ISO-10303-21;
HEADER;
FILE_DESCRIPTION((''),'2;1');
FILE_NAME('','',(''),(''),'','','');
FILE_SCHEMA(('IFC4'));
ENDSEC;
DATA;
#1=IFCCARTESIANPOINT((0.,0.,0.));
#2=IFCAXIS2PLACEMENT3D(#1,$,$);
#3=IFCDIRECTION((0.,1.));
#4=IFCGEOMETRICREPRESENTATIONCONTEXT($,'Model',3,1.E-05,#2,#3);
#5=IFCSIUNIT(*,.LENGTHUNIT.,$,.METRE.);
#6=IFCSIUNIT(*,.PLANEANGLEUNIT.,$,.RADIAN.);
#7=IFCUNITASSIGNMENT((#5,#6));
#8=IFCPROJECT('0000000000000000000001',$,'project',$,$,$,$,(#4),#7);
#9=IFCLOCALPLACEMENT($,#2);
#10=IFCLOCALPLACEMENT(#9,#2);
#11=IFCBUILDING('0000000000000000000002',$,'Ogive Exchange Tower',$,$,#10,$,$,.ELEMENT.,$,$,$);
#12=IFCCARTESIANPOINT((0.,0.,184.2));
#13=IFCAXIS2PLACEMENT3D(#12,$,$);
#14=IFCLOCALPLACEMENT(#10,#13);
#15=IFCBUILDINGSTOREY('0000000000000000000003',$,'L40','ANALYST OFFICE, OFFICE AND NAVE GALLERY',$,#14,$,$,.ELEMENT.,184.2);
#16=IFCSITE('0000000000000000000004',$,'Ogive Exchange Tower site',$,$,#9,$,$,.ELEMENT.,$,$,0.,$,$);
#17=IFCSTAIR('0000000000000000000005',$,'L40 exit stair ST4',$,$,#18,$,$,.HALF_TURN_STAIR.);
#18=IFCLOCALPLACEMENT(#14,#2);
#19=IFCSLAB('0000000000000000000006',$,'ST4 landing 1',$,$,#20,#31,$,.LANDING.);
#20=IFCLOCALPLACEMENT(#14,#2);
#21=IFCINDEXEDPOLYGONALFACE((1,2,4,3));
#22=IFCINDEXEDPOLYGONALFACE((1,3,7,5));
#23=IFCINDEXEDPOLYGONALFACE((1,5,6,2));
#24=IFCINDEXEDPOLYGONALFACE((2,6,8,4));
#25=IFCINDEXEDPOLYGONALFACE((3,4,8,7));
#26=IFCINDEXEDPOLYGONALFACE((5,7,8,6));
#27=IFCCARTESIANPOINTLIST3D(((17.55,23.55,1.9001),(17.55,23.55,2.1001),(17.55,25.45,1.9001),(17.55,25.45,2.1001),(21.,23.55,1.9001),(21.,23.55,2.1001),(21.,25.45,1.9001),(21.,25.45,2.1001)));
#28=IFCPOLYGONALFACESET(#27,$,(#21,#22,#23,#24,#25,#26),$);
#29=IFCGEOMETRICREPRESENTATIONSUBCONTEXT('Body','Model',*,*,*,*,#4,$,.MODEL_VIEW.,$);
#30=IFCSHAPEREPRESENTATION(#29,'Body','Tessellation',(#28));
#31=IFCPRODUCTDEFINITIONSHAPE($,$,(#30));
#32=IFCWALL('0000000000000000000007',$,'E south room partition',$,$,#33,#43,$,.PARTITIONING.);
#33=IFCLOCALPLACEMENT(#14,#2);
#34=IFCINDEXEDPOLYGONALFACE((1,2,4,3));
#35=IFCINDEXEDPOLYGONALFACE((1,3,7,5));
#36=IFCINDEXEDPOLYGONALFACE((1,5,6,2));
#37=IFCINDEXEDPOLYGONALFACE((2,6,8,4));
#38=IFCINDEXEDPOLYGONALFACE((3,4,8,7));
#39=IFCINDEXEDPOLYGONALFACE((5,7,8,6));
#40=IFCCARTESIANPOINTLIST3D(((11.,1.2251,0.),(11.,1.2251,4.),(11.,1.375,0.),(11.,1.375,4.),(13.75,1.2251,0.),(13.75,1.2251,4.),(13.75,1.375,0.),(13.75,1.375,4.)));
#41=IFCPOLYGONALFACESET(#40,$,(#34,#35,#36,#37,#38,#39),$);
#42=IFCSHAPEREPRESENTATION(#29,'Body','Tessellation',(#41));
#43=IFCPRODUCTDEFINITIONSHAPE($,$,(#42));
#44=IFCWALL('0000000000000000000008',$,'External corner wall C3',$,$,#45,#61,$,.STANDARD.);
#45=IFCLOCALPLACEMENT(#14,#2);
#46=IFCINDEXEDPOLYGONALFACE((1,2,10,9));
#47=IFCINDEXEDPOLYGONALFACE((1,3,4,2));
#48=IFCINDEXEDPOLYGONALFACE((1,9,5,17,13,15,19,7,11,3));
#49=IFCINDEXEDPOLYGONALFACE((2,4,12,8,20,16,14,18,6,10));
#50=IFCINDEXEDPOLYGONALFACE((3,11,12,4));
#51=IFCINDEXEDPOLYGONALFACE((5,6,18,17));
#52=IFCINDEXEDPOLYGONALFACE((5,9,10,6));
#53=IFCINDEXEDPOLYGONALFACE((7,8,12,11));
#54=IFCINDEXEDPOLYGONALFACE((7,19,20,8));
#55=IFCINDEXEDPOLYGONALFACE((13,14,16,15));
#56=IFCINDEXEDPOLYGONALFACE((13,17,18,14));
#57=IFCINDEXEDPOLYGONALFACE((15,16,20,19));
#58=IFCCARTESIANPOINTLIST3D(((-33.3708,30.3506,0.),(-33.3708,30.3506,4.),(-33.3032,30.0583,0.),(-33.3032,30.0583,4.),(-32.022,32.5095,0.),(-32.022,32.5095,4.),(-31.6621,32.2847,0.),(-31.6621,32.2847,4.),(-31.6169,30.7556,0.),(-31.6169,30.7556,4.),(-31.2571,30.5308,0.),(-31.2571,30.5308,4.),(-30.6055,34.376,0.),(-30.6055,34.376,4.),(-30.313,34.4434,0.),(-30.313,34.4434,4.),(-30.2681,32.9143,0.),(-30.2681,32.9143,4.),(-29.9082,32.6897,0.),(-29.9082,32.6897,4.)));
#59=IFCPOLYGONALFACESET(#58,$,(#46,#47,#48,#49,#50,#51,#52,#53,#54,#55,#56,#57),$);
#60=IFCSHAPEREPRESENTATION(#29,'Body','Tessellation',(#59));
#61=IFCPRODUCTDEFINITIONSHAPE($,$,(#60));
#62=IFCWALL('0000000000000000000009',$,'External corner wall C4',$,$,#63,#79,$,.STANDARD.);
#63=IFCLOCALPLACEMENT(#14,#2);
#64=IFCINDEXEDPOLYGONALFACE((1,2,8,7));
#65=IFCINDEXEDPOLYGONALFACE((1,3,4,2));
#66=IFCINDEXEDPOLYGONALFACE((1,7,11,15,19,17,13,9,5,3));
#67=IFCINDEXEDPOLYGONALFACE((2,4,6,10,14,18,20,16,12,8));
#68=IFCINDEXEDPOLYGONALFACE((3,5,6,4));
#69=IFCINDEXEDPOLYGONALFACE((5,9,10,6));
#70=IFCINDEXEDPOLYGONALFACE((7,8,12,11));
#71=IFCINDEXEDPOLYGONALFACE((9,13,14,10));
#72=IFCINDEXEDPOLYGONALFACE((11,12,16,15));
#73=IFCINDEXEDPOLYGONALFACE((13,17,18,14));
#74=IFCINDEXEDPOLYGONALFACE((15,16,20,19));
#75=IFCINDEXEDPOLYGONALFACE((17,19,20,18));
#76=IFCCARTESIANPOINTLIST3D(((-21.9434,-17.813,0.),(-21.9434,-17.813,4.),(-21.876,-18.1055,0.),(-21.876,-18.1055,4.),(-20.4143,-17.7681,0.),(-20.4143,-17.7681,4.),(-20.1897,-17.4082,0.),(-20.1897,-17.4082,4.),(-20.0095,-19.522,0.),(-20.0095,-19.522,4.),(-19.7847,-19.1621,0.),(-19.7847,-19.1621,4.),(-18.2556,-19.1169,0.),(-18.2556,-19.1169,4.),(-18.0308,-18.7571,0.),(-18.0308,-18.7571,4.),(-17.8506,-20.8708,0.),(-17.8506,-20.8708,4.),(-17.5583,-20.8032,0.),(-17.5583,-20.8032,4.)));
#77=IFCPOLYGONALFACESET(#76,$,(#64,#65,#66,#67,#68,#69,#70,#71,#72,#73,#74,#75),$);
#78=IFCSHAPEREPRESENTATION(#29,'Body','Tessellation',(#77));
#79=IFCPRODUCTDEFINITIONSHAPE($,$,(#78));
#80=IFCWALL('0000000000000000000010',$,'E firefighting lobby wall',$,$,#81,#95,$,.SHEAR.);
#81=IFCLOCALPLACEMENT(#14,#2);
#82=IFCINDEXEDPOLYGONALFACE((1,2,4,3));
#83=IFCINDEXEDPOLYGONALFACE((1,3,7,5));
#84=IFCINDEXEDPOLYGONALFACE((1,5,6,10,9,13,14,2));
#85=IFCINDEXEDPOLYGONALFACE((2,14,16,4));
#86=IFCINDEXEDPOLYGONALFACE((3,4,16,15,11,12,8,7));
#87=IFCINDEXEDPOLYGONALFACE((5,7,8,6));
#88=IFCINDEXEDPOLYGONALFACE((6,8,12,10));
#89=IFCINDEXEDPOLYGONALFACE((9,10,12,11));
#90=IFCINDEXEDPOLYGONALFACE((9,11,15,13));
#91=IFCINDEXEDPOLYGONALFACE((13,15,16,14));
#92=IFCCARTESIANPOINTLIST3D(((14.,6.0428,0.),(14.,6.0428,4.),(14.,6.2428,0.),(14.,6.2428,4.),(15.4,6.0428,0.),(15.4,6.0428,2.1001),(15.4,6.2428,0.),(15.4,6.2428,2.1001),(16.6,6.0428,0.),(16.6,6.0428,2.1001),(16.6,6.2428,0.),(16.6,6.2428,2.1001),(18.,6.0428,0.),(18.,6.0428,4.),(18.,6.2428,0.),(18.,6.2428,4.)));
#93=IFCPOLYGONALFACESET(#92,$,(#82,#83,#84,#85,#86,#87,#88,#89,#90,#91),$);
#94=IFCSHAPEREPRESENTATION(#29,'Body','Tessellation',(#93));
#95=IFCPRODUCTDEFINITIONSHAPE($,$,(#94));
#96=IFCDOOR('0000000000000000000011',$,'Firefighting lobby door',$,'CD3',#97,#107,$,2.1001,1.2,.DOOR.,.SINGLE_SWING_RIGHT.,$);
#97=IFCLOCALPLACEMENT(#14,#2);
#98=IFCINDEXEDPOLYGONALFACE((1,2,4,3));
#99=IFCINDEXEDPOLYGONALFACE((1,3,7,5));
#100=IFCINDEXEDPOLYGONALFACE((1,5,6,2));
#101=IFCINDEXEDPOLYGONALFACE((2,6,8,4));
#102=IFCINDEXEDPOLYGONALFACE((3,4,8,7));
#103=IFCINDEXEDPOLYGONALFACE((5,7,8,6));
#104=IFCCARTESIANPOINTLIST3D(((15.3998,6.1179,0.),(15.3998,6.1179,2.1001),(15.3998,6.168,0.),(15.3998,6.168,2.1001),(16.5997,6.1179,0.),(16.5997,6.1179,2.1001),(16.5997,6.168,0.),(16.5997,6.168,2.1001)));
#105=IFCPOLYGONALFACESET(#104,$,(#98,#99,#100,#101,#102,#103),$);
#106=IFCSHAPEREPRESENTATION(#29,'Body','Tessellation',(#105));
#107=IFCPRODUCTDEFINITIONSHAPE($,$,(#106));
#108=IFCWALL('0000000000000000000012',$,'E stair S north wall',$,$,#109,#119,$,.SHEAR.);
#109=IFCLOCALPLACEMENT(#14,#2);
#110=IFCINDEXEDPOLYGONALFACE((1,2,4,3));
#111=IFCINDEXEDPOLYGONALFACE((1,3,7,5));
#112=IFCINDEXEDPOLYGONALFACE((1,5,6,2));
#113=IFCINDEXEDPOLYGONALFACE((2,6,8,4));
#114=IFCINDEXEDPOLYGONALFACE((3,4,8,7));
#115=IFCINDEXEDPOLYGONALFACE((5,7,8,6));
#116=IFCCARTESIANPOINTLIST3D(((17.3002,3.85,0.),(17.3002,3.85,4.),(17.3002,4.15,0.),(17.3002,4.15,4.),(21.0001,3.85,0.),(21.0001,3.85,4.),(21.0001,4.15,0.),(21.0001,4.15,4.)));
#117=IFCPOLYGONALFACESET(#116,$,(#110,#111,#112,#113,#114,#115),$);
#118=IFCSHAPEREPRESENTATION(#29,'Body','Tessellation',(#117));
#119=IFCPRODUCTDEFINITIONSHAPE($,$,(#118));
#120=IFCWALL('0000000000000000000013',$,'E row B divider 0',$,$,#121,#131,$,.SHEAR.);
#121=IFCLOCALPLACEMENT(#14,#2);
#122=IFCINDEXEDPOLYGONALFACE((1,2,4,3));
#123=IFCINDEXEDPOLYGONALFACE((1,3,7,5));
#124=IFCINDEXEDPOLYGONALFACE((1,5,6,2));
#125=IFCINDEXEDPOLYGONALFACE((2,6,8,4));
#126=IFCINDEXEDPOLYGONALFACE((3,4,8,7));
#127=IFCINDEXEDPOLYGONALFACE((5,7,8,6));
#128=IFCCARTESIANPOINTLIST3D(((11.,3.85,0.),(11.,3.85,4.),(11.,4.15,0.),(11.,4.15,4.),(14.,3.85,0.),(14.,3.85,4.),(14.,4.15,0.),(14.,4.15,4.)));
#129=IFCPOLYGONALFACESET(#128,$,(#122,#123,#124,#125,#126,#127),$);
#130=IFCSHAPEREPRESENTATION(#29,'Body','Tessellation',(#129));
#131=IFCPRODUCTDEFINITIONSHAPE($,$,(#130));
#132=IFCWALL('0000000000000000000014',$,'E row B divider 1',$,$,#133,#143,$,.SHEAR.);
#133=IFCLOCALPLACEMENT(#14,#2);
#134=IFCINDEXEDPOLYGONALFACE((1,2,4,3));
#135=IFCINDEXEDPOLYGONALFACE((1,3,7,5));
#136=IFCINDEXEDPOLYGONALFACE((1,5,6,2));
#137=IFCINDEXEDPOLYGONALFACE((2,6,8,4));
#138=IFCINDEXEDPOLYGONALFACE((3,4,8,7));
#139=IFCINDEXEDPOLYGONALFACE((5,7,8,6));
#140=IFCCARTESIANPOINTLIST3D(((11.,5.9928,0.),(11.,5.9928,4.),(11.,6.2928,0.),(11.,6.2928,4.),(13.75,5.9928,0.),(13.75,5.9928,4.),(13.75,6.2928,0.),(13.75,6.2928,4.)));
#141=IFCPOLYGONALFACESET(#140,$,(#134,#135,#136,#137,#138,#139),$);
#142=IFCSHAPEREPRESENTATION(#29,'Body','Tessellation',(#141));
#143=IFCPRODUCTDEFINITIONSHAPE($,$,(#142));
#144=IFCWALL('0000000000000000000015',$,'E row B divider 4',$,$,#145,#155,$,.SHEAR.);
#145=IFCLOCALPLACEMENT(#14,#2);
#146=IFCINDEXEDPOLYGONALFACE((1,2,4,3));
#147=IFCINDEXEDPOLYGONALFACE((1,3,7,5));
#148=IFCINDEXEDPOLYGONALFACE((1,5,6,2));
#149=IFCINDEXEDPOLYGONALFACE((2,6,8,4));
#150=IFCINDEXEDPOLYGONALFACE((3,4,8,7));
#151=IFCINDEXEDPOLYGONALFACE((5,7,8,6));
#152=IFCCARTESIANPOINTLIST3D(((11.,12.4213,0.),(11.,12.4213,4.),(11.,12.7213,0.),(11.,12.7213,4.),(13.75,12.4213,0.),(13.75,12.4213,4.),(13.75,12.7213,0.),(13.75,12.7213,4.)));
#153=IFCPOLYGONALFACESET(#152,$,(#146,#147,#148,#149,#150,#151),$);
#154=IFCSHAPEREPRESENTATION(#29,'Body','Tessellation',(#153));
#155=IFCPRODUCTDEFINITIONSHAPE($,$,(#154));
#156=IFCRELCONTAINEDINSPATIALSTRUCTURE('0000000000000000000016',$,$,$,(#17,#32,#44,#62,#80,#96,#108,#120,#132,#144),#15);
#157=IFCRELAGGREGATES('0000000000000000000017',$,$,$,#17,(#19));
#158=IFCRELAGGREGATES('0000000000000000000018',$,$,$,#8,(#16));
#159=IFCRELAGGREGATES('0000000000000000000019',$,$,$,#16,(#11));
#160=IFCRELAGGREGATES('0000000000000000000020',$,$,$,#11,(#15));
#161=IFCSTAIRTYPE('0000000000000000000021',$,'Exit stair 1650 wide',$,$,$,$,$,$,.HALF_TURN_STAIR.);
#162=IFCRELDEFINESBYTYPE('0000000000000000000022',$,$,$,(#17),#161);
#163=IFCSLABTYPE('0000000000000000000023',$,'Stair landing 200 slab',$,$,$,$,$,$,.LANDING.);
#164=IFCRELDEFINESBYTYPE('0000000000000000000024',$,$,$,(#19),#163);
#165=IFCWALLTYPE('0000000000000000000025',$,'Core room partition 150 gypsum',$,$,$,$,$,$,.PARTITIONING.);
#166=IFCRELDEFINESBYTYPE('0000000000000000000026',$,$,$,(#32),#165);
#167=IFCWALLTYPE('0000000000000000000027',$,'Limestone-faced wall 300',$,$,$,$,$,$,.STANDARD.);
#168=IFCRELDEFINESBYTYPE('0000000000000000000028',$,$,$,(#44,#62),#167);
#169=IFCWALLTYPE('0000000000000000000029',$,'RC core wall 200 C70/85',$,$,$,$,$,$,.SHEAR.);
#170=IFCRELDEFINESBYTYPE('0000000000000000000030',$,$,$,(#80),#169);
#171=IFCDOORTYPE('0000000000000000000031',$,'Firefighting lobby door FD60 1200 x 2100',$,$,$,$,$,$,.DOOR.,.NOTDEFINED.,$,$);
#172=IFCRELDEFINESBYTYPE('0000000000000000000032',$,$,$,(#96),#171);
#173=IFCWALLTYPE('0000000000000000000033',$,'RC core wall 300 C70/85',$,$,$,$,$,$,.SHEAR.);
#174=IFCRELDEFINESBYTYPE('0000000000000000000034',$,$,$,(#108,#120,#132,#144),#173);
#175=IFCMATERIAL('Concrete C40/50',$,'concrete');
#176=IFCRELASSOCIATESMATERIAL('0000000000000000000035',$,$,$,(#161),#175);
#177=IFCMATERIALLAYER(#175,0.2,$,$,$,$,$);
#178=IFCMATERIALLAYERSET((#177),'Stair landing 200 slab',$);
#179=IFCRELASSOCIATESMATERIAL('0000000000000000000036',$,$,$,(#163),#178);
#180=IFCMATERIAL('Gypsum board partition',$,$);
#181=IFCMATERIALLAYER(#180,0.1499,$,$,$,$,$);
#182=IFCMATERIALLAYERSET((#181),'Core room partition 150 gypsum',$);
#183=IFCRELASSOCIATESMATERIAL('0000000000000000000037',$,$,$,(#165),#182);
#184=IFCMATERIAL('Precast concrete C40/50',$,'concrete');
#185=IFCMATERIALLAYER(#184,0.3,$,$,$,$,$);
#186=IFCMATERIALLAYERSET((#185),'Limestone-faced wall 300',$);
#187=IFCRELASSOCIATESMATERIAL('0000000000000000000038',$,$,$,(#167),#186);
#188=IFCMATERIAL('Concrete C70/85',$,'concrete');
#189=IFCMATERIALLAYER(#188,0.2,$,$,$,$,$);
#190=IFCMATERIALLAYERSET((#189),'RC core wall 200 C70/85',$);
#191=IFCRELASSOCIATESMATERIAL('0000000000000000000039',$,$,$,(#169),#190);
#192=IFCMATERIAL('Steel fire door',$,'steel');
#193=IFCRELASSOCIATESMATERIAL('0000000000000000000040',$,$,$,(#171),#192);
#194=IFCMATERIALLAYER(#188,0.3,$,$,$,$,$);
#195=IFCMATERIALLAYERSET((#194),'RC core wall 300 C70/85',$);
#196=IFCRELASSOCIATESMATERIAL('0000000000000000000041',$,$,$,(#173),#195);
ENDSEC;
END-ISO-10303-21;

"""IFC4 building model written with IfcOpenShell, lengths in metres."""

from ifc_helpers import new_model, si_unit, direction, frame, frame_2d, origin, place, context, subcontext, project, spatial, polyline, rectangle, outline, extrude, material, layer, layer_set, type_object, element, fill, aggregate, save


model = new_model("IFC4")

# Units and contexts
model_context = context("Model", 3, precision=1e-05, world=origin(), true_north=direction((0.0, 1.0)))
body_context = subcontext(model_context, "Body", "Model", "MODEL_VIEW")
ifc_project = project(units=[si_unit("LENGTHUNIT", "METRE"), si_unit("PLANEANGLEUNIT", "RADIAN")], contexts=[model_context])

# Site, building, storey
site_placement = place(None, origin())
site = spatial("IfcSite", under=ifc_project, at=site_placement, Name="Ogive Exchange Tower site", CompositionType="ELEMENT", RefElevation=0.0)
building_placement = place(site_placement, origin())
building = spatial("IfcBuilding", under=site, at=building_placement, Name="Ogive Exchange Tower", CompositionType="ELEMENT")
storey_placement = place(building_placement, frame((0.0, 0.0, 184.2)))
storey = spatial("IfcBuildingStorey", under=building, at=storey_placement, Name="L40", Description="ANALYST OFFICE, OFFICE AND NAVE GALLERY", CompositionType="ELEMENT", Elevation=184.2)

# Shared definitions
ifc_material_1 = material(Name="Concrete C70/85", Category="concrete")

# Stair, slab
ifc_material_2 = material(Name="Concrete C40/50", Category="concrete")
stair_type = type_object("IfcStairType", Name="Exit stair 1650 wide", PredefinedType="HALF_TURN_STAIR", material=ifc_material_2)
ifc_layer_1 = layer(ifc_material_2, 0.2)
ifc_layer_set_1 = layer_set([ifc_layer_1], Name="Stair landing 200 slab")
slab_type_1 = type_object("IfcSlabType", Name="Stair landing 200 slab", PredefinedType="LANDING", material=ifc_layer_set_1)
stair_1_placement = place(storey_placement, origin())
stair_1 = element("IfcStair", 1, at=stair_1_placement, inside=storey, type_object=stair_type, Name="L40 exit stair ST4", PredefinedType="HALF_TURN_STAIR")
slab_1_placement = place(storey_placement, frame((0.0, 0.0, 1.9001)))
slab_1 = element("IfcSlab", 2, at=slab_1_placement, type_object=slab_type_1, Name="ST4 landing 1", PredefinedType="LANDING", context=body_context, shape_type="SweptSolid", body=[
    extrude(outline(polyline([(21.0, 23.55), (21.0, 25.45), (17.55, 25.45), (17.55, 23.55), (21.0, 23.55)])), origin(), (0.0, 0.0, 1.0), 0.2),
])
aggregate(stair_1, [slab_1])

# Walls
ifc_material_3 = material(Name="Gypsum board partition")
ifc_layer_2 = layer(ifc_material_3, 0.1499)
ifc_layer_set_2 = layer_set([ifc_layer_2], Name="Core room partition 150 gypsum")
wall_type_1 = type_object("IfcWallType", Name="Core room partition 150 gypsum", PredefinedType="PARTITIONING", material=ifc_layer_set_2)
wall_1_placement = place(storey_placement, frame((11.0, 1.3, 0.0), z_axis=(0.0, 0.0, 1.0), x_axis=(1.0, 0.0, 0.0)))
element("IfcWall", 3, at=wall_1_placement, inside=storey, type_object=wall_type_1, Name="E south room partition", PredefinedType="PARTITIONING", context=body_context, shape_type="SweptSolid", body=[
    extrude(rectangle(XDim=2.75, YDim=0.1499, at=frame_2d((1.375, 0.0))), origin(), (0.0, 0.0, 1.0), 4.0),
])
ifc_material_4 = material(Name="Precast concrete C40/50", Category="concrete")
ifc_layer_3 = layer(ifc_material_4, 0.3)
ifc_layer_set_3 = layer_set([ifc_layer_3], Name="Limestone-faced wall 300")
wall_type_2 = type_object("IfcWallType", Name="Limestone-faced wall 300", PredefinedType="STANDARD", material=ifc_layer_set_3)
wall_2_placement = place(storey_placement, origin())
element("IfcWall", 4, at=wall_2_placement, inside=storey, type_object=wall_type_2, Name="External corner wall C3", PredefinedType="STANDARD", context=body_context, shape_type="SweptSolid", body=[
    extrude(outline(polyline([(-31.6169, 30.7556), (-32.022, 32.5095), (-30.2681, 32.9143), (-30.6055, 34.376), (-30.313, 34.4434), (-29.9082, 32.6897), (-31.6621, 32.2847), (-31.2571, 30.5308), (-33.3032, 30.0583), (-33.3708, 30.3506), (-31.6169, 30.7556)])), origin(), (0.0, 0.0, 1.0), 4.0),
])
wall_3_placement = place(storey_placement, origin())
element("IfcWall", 5, at=wall_3_placement, inside=storey, type_object=wall_type_2, Name="External corner wall C4", PredefinedType="STANDARD", context=body_context, shape_type="SweptSolid", body=[
    extrude(outline(polyline([(-18.2556, -19.1169), (-20.0095, -19.522), (-20.4143, -17.7681), (-21.876, -18.1055), (-21.9434, -17.813), (-20.1897, -17.4082), (-19.7847, -19.1621), (-18.0308, -18.7571), (-17.5583, -20.8032), (-17.8506, -20.8708), (-18.2556, -19.1169)])), origin(), (0.0, 0.0, 1.0), 4.0),
])

# Wall, opening, door
ifc_layer_4 = layer(ifc_material_1, 0.2)
ifc_layer_set_4 = layer_set([ifc_layer_4], Name="RC core wall 200 C70/85")
wall_type_3 = type_object("IfcWallType", Name="RC core wall 200 C70/85", PredefinedType="SHEAR", material=ifc_layer_set_4)
wall_4_placement = place(storey_placement, frame((14.0, 6.1428, 0.0), z_axis=(0.0, 0.0, 1.0), x_axis=(1.0, 0.0, 0.0)))
wall_4 = element("IfcWall", 6, at=wall_4_placement, inside=storey, type_object=wall_type_3, Name="E firefighting lobby wall", PredefinedType="SHEAR", context=body_context, shape_type="SweptSolid", body=[
    extrude(rectangle(XDim=4.0, YDim=0.2, at=frame_2d((2.0, 0.0))), origin(), (0.0, 0.0, 1.0), 4.0),
])
opening_placement = place(wall_4_placement, frame((1.3999, 0.0, 0.0)))
opening = element("IfcOpeningElement", 7, at=opening_placement, cuts=wall_4, PredefinedType="OPENING", context=body_context, shape_type="SweptSolid", body=[
    extrude(rectangle(XDim=1.2, YDim=2.1001, at=frame_2d((0.6001, 1.05))), frame((0.0, 0.1099, 0.0), z_axis=(0.0, -1.0, 0.0), x_axis=(1.0, 0.0, 0.0)), (0.0, 0.0, 1.0), 0.22),
])
ifc_material_5 = material(Name="Steel fire door", Category="steel")
door_type = type_object("IfcDoorType", Name="Firefighting lobby door FD60 1200 x 2100", OperationType="NOTDEFINED", PredefinedType="DOOR", material=ifc_material_5)
door_placement = place(opening_placement, frame((1.2, 0.0, 0.0), z_axis=(0.0, 0.0, 1.0), x_axis=(-1.0, 0.0, 0.0)))
door = element("IfcDoor", 8, at=door_placement, inside=storey, type_object=door_type, Name="Firefighting lobby door", ObjectType="CD3", OperationType="SINGLE_SWING_RIGHT", OverallHeight=2.1001, OverallWidth=1.2, PredefinedType="DOOR", context=body_context, shape_type="SweptSolid", body=[
    extrude(rectangle(XDim=1.2, YDim=2.1001, at=frame_2d((0.6001, 1.05))), frame((0.0, 0.0249, 0.0), z_axis=(0.0, -1.0, 0.0), x_axis=(1.0, 0.0, 0.0)), (0.0, 0.0, 1.0), 0.05),
])
fill(opening, door)

# Walls
ifc_layer_5 = layer(ifc_material_1, 0.3)
ifc_layer_set_5 = layer_set([ifc_layer_5], Name="RC core wall 300 C70/85")
wall_type_4 = type_object("IfcWallType", Name="RC core wall 300 C70/85", PredefinedType="SHEAR", material=ifc_layer_set_5)
wall_5_placement = place(storey_placement, frame((17.3, 4.0, 0.0), z_axis=(0.0, 0.0, 1.0), x_axis=(1.0, 0.0, 0.0)))
element("IfcWall", 9, at=wall_5_placement, inside=storey, type_object=wall_type_4, Name="E stair S north wall", PredefinedType="SHEAR", context=body_context, shape_type="SweptSolid", body=[
    extrude(rectangle(XDim=3.7, YDim=0.3, at=frame_2d((1.8501, 0.0))), origin(), (0.0, 0.0, 1.0), 4.0),
])
wall_6_placement = place(storey_placement, frame((11.0, 4.0, 0.0), z_axis=(0.0, 0.0, 1.0), x_axis=(1.0, 0.0, 0.0)))
element("IfcWall", 10, at=wall_6_placement, inside=storey, type_object=wall_type_4, Name="E row B divider 0", PredefinedType="SHEAR", context=body_context, shape_type="SweptSolid", body=[
    extrude(rectangle(XDim=3.0, YDim=0.3, at=frame_2d((1.5, 0.0))), origin(), (0.0, 0.0, 1.0), 4.0),
])
for number, where, z_axis, x_axis, name in (
    (11, (11.0, 6.1428, 0.0), (0.0, 0.0, 1.0), (1.0, 0.0, 0.0), "E row B divider 1"),
    (12, (11.0, 12.5713, 0.0), (0.0, 0.0, 1.0), (1.0, 0.0, 0.0), "E row B divider 4"),
):
    element("IfcWall", number, at=place(storey_placement, frame(where, z_axis=z_axis, x_axis=x_axis)), inside=storey, type_object=wall_type_4, Name=name, PredefinedType="SHEAR", context=body_context, shape_type="SweptSolid", body=[
        extrude(rectangle(XDim=2.75, YDim=0.3, at=frame_2d((1.375, 0.0))), origin(), (0.0, 0.0, 1.0), 4.0),
    ])

save(model, "model.ifc")
